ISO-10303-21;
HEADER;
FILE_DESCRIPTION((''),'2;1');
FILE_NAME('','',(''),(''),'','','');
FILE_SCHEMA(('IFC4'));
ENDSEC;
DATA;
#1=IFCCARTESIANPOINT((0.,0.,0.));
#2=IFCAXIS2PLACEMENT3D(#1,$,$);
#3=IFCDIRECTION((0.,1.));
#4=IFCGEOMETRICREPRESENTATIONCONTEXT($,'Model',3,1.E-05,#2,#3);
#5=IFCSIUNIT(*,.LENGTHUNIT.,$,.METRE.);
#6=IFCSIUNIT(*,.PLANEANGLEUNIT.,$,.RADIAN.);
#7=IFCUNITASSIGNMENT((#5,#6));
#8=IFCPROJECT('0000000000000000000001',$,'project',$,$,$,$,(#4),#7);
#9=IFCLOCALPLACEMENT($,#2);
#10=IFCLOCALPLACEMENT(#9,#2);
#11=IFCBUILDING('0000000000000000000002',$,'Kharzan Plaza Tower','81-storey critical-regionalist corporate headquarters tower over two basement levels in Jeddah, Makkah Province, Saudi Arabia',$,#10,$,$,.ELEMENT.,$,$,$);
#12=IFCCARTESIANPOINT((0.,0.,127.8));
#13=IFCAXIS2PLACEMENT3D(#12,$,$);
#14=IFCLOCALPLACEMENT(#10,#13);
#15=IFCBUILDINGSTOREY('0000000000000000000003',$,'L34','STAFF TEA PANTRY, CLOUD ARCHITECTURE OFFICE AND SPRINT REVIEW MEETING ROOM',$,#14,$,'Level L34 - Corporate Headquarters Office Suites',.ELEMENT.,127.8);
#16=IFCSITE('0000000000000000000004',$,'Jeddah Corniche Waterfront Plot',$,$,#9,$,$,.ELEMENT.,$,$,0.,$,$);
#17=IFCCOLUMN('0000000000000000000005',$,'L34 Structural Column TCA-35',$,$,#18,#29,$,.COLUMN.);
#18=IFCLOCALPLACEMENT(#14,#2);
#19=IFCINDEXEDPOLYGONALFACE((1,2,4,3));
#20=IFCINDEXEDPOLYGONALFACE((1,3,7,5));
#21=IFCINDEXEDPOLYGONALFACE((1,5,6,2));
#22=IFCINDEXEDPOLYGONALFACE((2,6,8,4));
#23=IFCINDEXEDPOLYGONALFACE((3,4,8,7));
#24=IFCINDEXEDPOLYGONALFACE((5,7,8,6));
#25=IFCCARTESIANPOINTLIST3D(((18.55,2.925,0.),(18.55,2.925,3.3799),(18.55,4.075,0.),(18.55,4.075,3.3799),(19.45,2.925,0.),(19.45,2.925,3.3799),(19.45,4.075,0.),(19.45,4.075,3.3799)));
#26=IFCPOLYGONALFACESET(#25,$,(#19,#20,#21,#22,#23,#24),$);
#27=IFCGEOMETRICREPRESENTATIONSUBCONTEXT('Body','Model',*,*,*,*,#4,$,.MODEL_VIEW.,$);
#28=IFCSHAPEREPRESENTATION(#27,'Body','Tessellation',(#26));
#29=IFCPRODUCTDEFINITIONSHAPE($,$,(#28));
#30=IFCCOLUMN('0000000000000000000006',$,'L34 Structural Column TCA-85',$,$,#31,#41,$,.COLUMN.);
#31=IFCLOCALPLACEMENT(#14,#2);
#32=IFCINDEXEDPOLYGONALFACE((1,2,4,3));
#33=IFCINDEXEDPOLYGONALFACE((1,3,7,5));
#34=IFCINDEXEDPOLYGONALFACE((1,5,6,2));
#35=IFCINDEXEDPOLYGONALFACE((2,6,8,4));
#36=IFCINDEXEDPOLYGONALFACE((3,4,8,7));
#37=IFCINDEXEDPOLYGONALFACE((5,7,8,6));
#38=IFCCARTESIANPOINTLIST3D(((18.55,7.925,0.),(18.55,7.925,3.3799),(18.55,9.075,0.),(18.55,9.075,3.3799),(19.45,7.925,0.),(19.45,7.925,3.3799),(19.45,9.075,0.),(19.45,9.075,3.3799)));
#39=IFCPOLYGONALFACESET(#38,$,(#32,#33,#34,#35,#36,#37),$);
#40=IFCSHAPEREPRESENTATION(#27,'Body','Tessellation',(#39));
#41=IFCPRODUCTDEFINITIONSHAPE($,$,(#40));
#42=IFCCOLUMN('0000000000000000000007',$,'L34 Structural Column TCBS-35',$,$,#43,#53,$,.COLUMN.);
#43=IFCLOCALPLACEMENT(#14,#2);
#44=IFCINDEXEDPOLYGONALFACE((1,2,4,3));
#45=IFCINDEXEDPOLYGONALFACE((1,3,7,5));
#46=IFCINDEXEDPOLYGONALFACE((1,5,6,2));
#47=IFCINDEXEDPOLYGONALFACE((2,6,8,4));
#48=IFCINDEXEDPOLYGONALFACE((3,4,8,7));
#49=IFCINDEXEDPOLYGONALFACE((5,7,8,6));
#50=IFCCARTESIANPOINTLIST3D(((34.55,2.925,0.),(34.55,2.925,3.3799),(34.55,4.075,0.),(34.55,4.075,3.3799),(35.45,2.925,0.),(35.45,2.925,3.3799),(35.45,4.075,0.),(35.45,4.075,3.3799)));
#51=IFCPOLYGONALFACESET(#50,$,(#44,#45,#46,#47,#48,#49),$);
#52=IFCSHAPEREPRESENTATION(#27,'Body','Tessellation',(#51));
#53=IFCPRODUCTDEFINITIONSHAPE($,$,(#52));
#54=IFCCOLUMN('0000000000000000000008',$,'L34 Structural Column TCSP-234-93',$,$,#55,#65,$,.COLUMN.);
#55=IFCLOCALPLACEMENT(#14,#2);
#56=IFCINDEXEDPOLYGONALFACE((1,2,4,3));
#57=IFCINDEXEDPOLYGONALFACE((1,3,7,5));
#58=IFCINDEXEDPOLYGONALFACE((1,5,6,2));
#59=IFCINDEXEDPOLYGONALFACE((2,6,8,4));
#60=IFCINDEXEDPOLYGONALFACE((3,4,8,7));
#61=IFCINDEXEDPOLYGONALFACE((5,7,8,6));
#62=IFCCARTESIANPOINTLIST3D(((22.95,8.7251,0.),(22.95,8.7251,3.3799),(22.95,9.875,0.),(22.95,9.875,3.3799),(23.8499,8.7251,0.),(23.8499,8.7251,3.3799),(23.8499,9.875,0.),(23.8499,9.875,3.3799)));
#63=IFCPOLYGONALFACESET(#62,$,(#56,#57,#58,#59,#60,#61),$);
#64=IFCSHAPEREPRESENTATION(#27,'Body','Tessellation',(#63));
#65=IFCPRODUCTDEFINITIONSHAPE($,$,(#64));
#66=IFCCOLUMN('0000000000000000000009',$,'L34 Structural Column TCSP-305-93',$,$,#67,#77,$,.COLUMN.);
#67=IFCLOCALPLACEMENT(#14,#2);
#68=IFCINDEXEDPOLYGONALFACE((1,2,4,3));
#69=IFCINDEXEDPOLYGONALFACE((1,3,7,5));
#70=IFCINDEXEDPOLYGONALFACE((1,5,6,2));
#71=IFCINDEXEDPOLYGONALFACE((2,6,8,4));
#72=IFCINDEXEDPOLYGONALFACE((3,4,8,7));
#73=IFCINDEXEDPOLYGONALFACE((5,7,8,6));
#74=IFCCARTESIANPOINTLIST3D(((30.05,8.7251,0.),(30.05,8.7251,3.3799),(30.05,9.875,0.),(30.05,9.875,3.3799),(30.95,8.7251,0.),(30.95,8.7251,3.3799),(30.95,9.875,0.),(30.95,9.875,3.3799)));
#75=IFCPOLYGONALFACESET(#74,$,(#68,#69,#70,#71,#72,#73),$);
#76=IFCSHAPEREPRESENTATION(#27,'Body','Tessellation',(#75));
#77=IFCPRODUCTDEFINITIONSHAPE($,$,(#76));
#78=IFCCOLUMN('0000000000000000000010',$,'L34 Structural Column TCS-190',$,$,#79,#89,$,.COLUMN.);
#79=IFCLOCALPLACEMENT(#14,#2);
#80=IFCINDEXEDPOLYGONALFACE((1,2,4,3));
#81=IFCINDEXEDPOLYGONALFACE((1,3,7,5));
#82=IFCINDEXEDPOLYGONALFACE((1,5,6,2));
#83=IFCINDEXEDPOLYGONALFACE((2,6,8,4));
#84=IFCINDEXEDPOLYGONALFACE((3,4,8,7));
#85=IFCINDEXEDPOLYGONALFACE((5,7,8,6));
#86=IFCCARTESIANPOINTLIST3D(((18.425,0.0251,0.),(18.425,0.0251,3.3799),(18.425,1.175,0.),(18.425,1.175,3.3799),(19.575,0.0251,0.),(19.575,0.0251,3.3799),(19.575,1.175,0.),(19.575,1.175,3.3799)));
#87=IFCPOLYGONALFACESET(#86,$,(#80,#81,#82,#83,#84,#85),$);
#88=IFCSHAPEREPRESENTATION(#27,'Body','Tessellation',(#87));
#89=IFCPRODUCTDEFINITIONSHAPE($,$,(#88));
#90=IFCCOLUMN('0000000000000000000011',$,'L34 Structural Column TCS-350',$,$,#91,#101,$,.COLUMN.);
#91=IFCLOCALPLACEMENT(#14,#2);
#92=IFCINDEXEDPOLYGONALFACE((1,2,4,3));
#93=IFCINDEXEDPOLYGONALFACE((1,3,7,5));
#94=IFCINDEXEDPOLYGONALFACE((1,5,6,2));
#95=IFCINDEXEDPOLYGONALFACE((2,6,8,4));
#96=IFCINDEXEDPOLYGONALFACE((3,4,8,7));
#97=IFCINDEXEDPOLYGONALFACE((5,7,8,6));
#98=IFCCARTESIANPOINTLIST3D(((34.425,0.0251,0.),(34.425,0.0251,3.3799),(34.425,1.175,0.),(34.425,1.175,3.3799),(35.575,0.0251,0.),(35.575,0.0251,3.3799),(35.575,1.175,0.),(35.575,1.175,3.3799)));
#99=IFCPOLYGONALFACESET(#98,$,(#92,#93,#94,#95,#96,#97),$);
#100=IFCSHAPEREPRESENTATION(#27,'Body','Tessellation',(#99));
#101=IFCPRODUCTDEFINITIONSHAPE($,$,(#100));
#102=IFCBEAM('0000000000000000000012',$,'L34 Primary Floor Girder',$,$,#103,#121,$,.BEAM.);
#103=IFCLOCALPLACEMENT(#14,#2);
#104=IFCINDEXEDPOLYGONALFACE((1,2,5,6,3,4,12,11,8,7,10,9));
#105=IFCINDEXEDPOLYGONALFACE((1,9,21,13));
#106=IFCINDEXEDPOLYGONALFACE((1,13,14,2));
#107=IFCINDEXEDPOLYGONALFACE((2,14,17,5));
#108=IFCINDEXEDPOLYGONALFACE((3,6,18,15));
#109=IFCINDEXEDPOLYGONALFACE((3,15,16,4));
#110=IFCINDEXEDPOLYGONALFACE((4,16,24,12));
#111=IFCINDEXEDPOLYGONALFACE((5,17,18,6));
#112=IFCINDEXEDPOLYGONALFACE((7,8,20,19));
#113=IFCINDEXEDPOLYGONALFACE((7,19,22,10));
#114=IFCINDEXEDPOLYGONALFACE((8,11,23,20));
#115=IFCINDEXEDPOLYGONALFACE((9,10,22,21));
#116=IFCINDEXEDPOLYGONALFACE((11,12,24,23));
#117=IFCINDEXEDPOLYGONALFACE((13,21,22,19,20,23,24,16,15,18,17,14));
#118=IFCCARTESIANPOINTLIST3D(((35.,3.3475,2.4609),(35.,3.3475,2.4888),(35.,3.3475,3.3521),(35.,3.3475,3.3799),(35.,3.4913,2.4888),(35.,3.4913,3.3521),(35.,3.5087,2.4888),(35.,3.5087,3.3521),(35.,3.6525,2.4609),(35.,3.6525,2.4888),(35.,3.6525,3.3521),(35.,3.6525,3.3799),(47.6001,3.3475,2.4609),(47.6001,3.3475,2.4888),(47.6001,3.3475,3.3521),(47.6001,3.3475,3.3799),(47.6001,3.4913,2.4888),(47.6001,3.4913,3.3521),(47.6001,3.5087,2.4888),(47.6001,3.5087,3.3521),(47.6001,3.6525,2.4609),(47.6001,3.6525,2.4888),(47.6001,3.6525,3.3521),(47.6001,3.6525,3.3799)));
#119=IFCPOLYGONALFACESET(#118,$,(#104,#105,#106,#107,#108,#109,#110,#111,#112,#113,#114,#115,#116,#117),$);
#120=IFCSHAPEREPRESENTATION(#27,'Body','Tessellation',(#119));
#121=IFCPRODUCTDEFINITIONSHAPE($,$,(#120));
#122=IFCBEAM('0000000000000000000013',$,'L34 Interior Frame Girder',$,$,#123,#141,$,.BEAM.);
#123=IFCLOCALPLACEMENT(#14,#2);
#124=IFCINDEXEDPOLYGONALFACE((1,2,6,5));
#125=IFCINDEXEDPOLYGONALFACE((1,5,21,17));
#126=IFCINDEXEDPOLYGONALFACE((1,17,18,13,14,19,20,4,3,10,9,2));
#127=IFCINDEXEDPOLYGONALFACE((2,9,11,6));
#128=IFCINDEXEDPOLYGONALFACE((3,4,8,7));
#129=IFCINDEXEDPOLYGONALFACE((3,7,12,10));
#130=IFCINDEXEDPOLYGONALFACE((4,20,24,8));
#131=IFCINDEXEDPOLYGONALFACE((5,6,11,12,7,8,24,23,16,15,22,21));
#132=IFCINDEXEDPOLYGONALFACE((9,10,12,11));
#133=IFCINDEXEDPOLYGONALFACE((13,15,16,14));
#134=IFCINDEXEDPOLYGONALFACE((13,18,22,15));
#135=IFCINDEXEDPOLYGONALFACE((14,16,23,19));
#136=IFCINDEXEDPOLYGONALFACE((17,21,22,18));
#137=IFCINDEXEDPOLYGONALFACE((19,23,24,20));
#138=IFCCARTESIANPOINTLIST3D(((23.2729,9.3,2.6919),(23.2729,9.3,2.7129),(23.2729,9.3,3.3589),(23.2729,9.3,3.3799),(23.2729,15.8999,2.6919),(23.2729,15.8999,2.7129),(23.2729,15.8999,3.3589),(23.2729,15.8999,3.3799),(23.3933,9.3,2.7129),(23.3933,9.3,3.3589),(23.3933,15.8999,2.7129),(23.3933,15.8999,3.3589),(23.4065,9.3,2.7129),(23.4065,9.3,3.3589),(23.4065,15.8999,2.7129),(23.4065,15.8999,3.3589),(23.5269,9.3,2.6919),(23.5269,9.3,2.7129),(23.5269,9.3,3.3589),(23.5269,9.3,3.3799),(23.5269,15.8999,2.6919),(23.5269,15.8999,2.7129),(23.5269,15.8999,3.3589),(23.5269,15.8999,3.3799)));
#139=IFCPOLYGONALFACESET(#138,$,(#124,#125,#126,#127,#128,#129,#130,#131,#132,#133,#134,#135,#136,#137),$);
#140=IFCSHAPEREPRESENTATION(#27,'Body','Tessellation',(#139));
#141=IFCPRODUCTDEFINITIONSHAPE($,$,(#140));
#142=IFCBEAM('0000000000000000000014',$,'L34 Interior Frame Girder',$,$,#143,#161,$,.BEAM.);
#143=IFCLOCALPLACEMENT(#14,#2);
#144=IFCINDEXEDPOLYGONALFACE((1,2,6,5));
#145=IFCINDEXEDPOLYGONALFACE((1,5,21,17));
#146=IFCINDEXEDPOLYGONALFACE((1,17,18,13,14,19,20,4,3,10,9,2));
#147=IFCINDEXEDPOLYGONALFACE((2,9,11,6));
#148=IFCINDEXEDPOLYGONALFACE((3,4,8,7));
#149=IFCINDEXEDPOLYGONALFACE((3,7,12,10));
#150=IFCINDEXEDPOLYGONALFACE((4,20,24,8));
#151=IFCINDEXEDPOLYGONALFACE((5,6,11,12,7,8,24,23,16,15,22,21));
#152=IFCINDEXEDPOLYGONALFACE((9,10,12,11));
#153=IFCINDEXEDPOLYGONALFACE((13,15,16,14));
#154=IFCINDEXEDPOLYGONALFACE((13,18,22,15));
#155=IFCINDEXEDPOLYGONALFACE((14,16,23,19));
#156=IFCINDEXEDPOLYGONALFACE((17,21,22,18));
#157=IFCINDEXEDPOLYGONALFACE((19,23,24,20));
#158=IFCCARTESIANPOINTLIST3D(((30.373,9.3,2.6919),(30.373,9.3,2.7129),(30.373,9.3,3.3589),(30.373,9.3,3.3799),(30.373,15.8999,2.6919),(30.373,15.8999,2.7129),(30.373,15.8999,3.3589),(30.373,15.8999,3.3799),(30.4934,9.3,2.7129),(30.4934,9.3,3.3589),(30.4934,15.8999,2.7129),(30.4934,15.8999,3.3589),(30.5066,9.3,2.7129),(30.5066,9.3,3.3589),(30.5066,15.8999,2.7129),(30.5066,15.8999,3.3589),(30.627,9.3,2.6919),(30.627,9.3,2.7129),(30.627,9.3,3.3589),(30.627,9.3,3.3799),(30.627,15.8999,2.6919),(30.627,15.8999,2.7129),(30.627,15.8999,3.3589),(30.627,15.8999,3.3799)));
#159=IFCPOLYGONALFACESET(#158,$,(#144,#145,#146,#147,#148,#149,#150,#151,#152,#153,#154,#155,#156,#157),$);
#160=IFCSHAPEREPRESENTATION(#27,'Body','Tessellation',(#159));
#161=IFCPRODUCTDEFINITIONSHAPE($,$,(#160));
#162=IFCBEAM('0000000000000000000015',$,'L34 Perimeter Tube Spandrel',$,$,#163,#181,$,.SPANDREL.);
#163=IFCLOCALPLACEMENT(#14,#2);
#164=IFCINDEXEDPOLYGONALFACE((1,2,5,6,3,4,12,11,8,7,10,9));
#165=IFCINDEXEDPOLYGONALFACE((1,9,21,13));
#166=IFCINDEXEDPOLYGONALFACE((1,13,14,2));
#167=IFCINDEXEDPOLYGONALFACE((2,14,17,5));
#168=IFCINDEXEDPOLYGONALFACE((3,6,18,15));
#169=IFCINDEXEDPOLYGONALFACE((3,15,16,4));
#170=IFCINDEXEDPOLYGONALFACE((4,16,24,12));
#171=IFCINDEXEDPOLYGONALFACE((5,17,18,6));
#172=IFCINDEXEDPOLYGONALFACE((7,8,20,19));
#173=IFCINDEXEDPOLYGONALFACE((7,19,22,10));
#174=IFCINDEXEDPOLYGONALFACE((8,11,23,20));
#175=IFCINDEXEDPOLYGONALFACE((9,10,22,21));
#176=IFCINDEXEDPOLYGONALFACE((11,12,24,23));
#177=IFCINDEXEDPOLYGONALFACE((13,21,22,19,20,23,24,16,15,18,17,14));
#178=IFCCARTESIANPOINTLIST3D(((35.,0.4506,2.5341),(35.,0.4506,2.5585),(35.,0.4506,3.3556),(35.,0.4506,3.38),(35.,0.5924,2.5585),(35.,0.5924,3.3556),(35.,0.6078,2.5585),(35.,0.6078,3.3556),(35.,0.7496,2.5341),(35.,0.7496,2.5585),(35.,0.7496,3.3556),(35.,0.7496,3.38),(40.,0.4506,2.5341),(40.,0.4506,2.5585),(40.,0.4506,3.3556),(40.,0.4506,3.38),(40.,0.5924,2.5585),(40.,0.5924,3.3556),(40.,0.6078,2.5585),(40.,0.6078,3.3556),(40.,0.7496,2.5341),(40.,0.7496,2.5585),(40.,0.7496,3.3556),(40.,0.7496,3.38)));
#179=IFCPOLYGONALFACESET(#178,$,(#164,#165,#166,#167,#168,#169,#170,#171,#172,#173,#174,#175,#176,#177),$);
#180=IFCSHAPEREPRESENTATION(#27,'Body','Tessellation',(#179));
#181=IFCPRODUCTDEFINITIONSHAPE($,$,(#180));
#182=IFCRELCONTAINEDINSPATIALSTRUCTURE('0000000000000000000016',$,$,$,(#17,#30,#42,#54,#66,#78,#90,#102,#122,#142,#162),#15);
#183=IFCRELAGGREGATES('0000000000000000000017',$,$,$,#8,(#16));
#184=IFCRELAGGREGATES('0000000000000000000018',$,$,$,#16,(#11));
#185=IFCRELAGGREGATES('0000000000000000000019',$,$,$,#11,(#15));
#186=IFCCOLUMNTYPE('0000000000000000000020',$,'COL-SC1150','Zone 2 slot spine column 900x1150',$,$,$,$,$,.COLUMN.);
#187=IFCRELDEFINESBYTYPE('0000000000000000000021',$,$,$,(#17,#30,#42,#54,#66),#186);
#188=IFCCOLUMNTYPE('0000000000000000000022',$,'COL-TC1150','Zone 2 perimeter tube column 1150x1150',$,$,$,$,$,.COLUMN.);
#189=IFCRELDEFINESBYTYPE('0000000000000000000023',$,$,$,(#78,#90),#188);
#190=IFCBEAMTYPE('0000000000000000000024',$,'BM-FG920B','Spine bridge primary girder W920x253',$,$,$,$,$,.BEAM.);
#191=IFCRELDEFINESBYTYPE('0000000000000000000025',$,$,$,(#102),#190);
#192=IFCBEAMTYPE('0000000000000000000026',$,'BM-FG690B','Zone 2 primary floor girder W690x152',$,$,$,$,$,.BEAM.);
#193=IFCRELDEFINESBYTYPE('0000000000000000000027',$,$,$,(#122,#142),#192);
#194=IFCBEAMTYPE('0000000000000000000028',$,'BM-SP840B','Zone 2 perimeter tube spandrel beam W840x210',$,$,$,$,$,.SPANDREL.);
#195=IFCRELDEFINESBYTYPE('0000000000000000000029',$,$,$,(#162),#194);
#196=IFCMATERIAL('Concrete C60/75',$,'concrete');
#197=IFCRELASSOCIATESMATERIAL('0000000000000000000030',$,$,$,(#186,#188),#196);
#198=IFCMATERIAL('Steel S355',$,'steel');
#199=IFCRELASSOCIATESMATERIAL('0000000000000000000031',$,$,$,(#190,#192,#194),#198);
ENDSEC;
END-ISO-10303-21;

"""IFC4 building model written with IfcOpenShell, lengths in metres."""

from ifc_helpers import new_model, si_unit, direction, frame, origin, origin_2d, place, context, subcontext, project, spatial, rectangle, i_section, extrude, source, transform, mapped, material, material_profile, profile_set, type_object, element, save


model = new_model("IFC4")

# Units and contexts
model_context = context("Model", 3, precision=1e-05, world=origin(), true_north=direction((0.0, 1.0)))
body_context = subcontext(model_context, "Body", "Model", "MODEL_VIEW")
ifc_project = project(units=[si_unit("LENGTHUNIT", "METRE"), si_unit("PLANEANGLEUNIT", "RADIAN")], contexts=[model_context])

# Site, building, storey
site_placement = place(None, origin())
site = spatial("IfcSite", under=ifc_project, at=site_placement, Name="Jeddah Corniche Waterfront Plot", CompositionType="ELEMENT", RefElevation=0.0)
building_placement = place(site_placement, origin())
building = spatial("IfcBuilding", under=site, at=building_placement, Name="Kharzan Plaza Tower", Description="81-storey critical-regionalist corporate headquarters tower over two basement levels in Jeddah, Makkah Province, Saudi Arabia", CompositionType="ELEMENT")
storey_placement = place(building_placement, frame((0.0, 0.0, 127.8)))
storey = spatial("IfcBuildingStorey", under=building, at=storey_placement, Name="L34", Description="STAFF TEA PANTRY, CLOUD ARCHITECTURE OFFICE AND SPRINT REVIEW MEETING ROOM", LongName="Level L34 - Corporate Headquarters Office Suites", CompositionType="ELEMENT", Elevation=127.8)

# Columns
ifc_material_1 = material(Name="Concrete C60/75", Category="concrete")
ifc_material_profile_1 = material_profile(ifc_material_1, rectangle(XDim=0.8999, YDim=1.1499, at=origin_2d()), Name="RC-SC1150x900")
ifc_profile_set_1 = profile_set([ifc_material_profile_1], Name="Concrete C60/75")
column_type_1 = type_object("IfcColumnType", Name="COL-SC1150", Description="Zone 2 slot spine column 900x1150", PredefinedType="COLUMN", material=ifc_profile_set_1)
shared_shape_1 = source(origin(), body_context, "Body", "SweptSolid", [
    extrude(rectangle(XDim=0.8999, YDim=1.1499, at=origin_2d()), origin(), (0.0, 0.0, 1.0), 3.3799),
])
for number, where, z_axis, x_axis, name in (
    (1, (19.0, 3.5, 0.0), (0.0, 0.0, 1.0), (1.0, 0.0, 0.0), "L34 Structural Column TCA-35"),
    (2, (19.0, 8.5, 0.0), (0.0, 0.0, 1.0), (1.0, 0.0, 0.0), "L34 Structural Column TCA-85"),
    (3, (35.0, 3.5, 0.0), (0.0, 0.0, 1.0), (1.0, 0.0, 0.0), "L34 Structural Column TCBS-35"),
    (4, (23.3999, 9.3, 0.0), (0.0, 0.0, 1.0), (1.0, 0.0, 0.0), "L34 Structural Column TCSP-234-93"),
    (5, (30.5, 9.3, 0.0), (0.0, 0.0, 1.0), (1.0, 0.0, 0.0), "L34 Structural Column TCSP-305-93"),
):
    element("IfcColumn", number, at=place(storey_placement, frame(where, z_axis=z_axis, x_axis=x_axis)), inside=storey, type_object=column_type_1, Name=name, PredefinedType="COLUMN", context=body_context, shape_type="MappedRepresentation", body=[
        mapped(shared_shape_1, transform((0.0, 0.0, 0.0), x_axis=(1.0, 0.0, 0.0), y_axis=(0.0, 1.0, 0.0), z_axis=(0.0, 0.0, 1.0))),
    ])
ifc_material_profile_2 = material_profile(ifc_material_1, rectangle(XDim=1.1499, YDim=1.1499, at=origin_2d()), Name="RC-TC1150x1150")
ifc_profile_set_2 = profile_set([ifc_material_profile_2], Name="Concrete C60/75")
column_type_2 = type_object("IfcColumnType", Name="COL-TC1150", Description="Zone 2 perimeter tube column 1150x1150", PredefinedType="COLUMN", material=ifc_profile_set_2)
shared_shape_2 = source(origin(), body_context, "Body", "SweptSolid", [
    extrude(rectangle(XDim=1.1499, YDim=1.1499, at=origin_2d()), origin(), (0.0, 0.0, 1.0), 3.3799),
])
for number, where, z_axis, x_axis, name in (
    (6, (19.0, 0.6001, 0.0), (0.0, 0.0, 1.0), (1.0, 0.0, 0.0), "L34 Structural Column TCS-190"),
    (7, (35.0, 0.6001, 0.0), (0.0, 0.0, 1.0), (1.0, 0.0, 0.0), "L34 Structural Column TCS-350"),
):
    element("IfcColumn", number, at=place(storey_placement, frame(where, z_axis=z_axis, x_axis=x_axis)), inside=storey, type_object=column_type_2, Name=name, PredefinedType="COLUMN", context=body_context, shape_type="MappedRepresentation", body=[
        mapped(shared_shape_2, transform((0.0, 0.0, 0.0), x_axis=(1.0, 0.0, 0.0), y_axis=(0.0, 1.0, 0.0), z_axis=(0.0, 0.0, 1.0))),
    ])

# Beams
ifc_material_2 = material(Name="Steel S355", Category="steel")
ifc_material_profile_3 = material_profile(ifc_material_2, i_section(OverallWidth=0.3049, OverallDepth=0.9189, WebThickness=0.0173, FlangeThickness=0.0278, at=origin_2d()), Name="W920x253")
ifc_profile_set_3 = profile_set([ifc_material_profile_3], Name="Steel S355")
beam_type_1 = type_object("IfcBeamType", Name="BM-FG920B", Description="Spine bridge primary girder W920x253", PredefinedType="BEAM", material=ifc_profile_set_3)
shared_shape_3 = source(origin(), body_context, "Body", "SweptSolid", [
    extrude(i_section(OverallWidth=0.3049, OverallDepth=0.9189, WebThickness=0.0173, FlangeThickness=0.0278, at=origin_2d()), origin(), (0.0, 0.0, 1.0), 12.6001),
])
beam_1_placement = place(storey_placement, frame((35.0, 3.5, 2.9204), z_axis=(1.0, 0.0, 0.0), x_axis=(0.0, 1.0, 0.0)))
element("IfcBeam", 8, at=beam_1_placement, inside=storey, type_object=beam_type_1, Name="L34 Primary Floor Girder", PredefinedType="BEAM", context=body_context, shape_type="MappedRepresentation", body=[
    mapped(shared_shape_3, transform((0.0, 0.0, 0.0), x_axis=(1.0, 0.0, 0.0), y_axis=(0.0, 1.0, 0.0), z_axis=(0.0, 0.0, 1.0))),
])
ifc_material_profile_4 = material_profile(ifc_material_2, i_section(OverallWidth=0.2539, OverallDepth=0.688, WebThickness=0.0132, FlangeThickness=0.021, at=origin_2d()), Name="W690x152")
ifc_profile_set_4 = profile_set([ifc_material_profile_4], Name="Steel S355")
beam_type_2 = type_object("IfcBeamType", Name="BM-FG690B", Description="Zone 2 primary floor girder W690x152", PredefinedType="BEAM", material=ifc_profile_set_4)
shared_shape_4 = source(origin(), body_context, "Body", "SweptSolid", [
    extrude(i_section(OverallWidth=0.2539, OverallDepth=0.688, WebThickness=0.0132, FlangeThickness=0.021, at=origin_2d()), origin(), (0.0, 0.0, 1.0), 6.5999),
])
for number, where, z_axis, x_axis, name in (
    (9, (23.3999, 9.3, 3.0359), (0.0, 1.0, 0.0), (-1.0, 0.0, 0.0), "L34 Interior Frame Girder"),
    (10, (30.5, 9.3, 3.0359), (0.0, 1.0, 0.0), (-1.0, 0.0, 0.0), "L34 Interior Frame Girder"),
):
    element("IfcBeam", number, at=place(storey_placement, frame(where, z_axis=z_axis, x_axis=x_axis)), inside=storey, type_object=beam_type_2, Name=name, PredefinedType="BEAM", context=body_context, shape_type="MappedRepresentation", body=[
        mapped(shared_shape_4, transform((0.0, 0.0, 0.0), x_axis=(1.0, 0.0, 0.0), y_axis=(0.0, 1.0, 0.0), z_axis=(0.0, 0.0, 1.0))),
    ])
ifc_material_profile_5 = material_profile(ifc_material_2, i_section(OverallWidth=0.2991, OverallDepth=0.8459, WebThickness=0.0154, FlangeThickness=0.0244, at=origin_2d()), Name="W840x210")
ifc_profile_set_5 = profile_set([ifc_material_profile_5], Name="Steel S355")
beam_type_3 = type_object("IfcBeamType", Name="BM-SP840B", Description="Zone 2 perimeter tube spandrel beam W840x210", PredefinedType="SPANDREL", material=ifc_profile_set_5)
shared_shape_5 = source(origin(), body_context, "Body", "SweptSolid", [
    extrude(i_section(OverallWidth=0.2991, OverallDepth=0.8459, WebThickness=0.0154, FlangeThickness=0.0244, at=origin_2d()), origin(), (0.0, 0.0, 1.0), 5.0),
])
beam_2_placement = place(storey_placement, frame((35.0, 0.6001, 2.957), z_axis=(1.0, 0.0, 0.0), x_axis=(0.0, 1.0, 0.0)))
element("IfcBeam", 11, at=beam_2_placement, inside=storey, type_object=beam_type_3, Name="L34 Perimeter Tube Spandrel", PredefinedType="SPANDREL", context=body_context, shape_type="MappedRepresentation", body=[
    mapped(shared_shape_5, transform((0.0, 0.0, 0.0), x_axis=(1.0, 0.0, 0.0), y_axis=(0.0, 1.0, 0.0), z_axis=(0.0, 0.0, 1.0))),
])

save(model, "model.ifc")
